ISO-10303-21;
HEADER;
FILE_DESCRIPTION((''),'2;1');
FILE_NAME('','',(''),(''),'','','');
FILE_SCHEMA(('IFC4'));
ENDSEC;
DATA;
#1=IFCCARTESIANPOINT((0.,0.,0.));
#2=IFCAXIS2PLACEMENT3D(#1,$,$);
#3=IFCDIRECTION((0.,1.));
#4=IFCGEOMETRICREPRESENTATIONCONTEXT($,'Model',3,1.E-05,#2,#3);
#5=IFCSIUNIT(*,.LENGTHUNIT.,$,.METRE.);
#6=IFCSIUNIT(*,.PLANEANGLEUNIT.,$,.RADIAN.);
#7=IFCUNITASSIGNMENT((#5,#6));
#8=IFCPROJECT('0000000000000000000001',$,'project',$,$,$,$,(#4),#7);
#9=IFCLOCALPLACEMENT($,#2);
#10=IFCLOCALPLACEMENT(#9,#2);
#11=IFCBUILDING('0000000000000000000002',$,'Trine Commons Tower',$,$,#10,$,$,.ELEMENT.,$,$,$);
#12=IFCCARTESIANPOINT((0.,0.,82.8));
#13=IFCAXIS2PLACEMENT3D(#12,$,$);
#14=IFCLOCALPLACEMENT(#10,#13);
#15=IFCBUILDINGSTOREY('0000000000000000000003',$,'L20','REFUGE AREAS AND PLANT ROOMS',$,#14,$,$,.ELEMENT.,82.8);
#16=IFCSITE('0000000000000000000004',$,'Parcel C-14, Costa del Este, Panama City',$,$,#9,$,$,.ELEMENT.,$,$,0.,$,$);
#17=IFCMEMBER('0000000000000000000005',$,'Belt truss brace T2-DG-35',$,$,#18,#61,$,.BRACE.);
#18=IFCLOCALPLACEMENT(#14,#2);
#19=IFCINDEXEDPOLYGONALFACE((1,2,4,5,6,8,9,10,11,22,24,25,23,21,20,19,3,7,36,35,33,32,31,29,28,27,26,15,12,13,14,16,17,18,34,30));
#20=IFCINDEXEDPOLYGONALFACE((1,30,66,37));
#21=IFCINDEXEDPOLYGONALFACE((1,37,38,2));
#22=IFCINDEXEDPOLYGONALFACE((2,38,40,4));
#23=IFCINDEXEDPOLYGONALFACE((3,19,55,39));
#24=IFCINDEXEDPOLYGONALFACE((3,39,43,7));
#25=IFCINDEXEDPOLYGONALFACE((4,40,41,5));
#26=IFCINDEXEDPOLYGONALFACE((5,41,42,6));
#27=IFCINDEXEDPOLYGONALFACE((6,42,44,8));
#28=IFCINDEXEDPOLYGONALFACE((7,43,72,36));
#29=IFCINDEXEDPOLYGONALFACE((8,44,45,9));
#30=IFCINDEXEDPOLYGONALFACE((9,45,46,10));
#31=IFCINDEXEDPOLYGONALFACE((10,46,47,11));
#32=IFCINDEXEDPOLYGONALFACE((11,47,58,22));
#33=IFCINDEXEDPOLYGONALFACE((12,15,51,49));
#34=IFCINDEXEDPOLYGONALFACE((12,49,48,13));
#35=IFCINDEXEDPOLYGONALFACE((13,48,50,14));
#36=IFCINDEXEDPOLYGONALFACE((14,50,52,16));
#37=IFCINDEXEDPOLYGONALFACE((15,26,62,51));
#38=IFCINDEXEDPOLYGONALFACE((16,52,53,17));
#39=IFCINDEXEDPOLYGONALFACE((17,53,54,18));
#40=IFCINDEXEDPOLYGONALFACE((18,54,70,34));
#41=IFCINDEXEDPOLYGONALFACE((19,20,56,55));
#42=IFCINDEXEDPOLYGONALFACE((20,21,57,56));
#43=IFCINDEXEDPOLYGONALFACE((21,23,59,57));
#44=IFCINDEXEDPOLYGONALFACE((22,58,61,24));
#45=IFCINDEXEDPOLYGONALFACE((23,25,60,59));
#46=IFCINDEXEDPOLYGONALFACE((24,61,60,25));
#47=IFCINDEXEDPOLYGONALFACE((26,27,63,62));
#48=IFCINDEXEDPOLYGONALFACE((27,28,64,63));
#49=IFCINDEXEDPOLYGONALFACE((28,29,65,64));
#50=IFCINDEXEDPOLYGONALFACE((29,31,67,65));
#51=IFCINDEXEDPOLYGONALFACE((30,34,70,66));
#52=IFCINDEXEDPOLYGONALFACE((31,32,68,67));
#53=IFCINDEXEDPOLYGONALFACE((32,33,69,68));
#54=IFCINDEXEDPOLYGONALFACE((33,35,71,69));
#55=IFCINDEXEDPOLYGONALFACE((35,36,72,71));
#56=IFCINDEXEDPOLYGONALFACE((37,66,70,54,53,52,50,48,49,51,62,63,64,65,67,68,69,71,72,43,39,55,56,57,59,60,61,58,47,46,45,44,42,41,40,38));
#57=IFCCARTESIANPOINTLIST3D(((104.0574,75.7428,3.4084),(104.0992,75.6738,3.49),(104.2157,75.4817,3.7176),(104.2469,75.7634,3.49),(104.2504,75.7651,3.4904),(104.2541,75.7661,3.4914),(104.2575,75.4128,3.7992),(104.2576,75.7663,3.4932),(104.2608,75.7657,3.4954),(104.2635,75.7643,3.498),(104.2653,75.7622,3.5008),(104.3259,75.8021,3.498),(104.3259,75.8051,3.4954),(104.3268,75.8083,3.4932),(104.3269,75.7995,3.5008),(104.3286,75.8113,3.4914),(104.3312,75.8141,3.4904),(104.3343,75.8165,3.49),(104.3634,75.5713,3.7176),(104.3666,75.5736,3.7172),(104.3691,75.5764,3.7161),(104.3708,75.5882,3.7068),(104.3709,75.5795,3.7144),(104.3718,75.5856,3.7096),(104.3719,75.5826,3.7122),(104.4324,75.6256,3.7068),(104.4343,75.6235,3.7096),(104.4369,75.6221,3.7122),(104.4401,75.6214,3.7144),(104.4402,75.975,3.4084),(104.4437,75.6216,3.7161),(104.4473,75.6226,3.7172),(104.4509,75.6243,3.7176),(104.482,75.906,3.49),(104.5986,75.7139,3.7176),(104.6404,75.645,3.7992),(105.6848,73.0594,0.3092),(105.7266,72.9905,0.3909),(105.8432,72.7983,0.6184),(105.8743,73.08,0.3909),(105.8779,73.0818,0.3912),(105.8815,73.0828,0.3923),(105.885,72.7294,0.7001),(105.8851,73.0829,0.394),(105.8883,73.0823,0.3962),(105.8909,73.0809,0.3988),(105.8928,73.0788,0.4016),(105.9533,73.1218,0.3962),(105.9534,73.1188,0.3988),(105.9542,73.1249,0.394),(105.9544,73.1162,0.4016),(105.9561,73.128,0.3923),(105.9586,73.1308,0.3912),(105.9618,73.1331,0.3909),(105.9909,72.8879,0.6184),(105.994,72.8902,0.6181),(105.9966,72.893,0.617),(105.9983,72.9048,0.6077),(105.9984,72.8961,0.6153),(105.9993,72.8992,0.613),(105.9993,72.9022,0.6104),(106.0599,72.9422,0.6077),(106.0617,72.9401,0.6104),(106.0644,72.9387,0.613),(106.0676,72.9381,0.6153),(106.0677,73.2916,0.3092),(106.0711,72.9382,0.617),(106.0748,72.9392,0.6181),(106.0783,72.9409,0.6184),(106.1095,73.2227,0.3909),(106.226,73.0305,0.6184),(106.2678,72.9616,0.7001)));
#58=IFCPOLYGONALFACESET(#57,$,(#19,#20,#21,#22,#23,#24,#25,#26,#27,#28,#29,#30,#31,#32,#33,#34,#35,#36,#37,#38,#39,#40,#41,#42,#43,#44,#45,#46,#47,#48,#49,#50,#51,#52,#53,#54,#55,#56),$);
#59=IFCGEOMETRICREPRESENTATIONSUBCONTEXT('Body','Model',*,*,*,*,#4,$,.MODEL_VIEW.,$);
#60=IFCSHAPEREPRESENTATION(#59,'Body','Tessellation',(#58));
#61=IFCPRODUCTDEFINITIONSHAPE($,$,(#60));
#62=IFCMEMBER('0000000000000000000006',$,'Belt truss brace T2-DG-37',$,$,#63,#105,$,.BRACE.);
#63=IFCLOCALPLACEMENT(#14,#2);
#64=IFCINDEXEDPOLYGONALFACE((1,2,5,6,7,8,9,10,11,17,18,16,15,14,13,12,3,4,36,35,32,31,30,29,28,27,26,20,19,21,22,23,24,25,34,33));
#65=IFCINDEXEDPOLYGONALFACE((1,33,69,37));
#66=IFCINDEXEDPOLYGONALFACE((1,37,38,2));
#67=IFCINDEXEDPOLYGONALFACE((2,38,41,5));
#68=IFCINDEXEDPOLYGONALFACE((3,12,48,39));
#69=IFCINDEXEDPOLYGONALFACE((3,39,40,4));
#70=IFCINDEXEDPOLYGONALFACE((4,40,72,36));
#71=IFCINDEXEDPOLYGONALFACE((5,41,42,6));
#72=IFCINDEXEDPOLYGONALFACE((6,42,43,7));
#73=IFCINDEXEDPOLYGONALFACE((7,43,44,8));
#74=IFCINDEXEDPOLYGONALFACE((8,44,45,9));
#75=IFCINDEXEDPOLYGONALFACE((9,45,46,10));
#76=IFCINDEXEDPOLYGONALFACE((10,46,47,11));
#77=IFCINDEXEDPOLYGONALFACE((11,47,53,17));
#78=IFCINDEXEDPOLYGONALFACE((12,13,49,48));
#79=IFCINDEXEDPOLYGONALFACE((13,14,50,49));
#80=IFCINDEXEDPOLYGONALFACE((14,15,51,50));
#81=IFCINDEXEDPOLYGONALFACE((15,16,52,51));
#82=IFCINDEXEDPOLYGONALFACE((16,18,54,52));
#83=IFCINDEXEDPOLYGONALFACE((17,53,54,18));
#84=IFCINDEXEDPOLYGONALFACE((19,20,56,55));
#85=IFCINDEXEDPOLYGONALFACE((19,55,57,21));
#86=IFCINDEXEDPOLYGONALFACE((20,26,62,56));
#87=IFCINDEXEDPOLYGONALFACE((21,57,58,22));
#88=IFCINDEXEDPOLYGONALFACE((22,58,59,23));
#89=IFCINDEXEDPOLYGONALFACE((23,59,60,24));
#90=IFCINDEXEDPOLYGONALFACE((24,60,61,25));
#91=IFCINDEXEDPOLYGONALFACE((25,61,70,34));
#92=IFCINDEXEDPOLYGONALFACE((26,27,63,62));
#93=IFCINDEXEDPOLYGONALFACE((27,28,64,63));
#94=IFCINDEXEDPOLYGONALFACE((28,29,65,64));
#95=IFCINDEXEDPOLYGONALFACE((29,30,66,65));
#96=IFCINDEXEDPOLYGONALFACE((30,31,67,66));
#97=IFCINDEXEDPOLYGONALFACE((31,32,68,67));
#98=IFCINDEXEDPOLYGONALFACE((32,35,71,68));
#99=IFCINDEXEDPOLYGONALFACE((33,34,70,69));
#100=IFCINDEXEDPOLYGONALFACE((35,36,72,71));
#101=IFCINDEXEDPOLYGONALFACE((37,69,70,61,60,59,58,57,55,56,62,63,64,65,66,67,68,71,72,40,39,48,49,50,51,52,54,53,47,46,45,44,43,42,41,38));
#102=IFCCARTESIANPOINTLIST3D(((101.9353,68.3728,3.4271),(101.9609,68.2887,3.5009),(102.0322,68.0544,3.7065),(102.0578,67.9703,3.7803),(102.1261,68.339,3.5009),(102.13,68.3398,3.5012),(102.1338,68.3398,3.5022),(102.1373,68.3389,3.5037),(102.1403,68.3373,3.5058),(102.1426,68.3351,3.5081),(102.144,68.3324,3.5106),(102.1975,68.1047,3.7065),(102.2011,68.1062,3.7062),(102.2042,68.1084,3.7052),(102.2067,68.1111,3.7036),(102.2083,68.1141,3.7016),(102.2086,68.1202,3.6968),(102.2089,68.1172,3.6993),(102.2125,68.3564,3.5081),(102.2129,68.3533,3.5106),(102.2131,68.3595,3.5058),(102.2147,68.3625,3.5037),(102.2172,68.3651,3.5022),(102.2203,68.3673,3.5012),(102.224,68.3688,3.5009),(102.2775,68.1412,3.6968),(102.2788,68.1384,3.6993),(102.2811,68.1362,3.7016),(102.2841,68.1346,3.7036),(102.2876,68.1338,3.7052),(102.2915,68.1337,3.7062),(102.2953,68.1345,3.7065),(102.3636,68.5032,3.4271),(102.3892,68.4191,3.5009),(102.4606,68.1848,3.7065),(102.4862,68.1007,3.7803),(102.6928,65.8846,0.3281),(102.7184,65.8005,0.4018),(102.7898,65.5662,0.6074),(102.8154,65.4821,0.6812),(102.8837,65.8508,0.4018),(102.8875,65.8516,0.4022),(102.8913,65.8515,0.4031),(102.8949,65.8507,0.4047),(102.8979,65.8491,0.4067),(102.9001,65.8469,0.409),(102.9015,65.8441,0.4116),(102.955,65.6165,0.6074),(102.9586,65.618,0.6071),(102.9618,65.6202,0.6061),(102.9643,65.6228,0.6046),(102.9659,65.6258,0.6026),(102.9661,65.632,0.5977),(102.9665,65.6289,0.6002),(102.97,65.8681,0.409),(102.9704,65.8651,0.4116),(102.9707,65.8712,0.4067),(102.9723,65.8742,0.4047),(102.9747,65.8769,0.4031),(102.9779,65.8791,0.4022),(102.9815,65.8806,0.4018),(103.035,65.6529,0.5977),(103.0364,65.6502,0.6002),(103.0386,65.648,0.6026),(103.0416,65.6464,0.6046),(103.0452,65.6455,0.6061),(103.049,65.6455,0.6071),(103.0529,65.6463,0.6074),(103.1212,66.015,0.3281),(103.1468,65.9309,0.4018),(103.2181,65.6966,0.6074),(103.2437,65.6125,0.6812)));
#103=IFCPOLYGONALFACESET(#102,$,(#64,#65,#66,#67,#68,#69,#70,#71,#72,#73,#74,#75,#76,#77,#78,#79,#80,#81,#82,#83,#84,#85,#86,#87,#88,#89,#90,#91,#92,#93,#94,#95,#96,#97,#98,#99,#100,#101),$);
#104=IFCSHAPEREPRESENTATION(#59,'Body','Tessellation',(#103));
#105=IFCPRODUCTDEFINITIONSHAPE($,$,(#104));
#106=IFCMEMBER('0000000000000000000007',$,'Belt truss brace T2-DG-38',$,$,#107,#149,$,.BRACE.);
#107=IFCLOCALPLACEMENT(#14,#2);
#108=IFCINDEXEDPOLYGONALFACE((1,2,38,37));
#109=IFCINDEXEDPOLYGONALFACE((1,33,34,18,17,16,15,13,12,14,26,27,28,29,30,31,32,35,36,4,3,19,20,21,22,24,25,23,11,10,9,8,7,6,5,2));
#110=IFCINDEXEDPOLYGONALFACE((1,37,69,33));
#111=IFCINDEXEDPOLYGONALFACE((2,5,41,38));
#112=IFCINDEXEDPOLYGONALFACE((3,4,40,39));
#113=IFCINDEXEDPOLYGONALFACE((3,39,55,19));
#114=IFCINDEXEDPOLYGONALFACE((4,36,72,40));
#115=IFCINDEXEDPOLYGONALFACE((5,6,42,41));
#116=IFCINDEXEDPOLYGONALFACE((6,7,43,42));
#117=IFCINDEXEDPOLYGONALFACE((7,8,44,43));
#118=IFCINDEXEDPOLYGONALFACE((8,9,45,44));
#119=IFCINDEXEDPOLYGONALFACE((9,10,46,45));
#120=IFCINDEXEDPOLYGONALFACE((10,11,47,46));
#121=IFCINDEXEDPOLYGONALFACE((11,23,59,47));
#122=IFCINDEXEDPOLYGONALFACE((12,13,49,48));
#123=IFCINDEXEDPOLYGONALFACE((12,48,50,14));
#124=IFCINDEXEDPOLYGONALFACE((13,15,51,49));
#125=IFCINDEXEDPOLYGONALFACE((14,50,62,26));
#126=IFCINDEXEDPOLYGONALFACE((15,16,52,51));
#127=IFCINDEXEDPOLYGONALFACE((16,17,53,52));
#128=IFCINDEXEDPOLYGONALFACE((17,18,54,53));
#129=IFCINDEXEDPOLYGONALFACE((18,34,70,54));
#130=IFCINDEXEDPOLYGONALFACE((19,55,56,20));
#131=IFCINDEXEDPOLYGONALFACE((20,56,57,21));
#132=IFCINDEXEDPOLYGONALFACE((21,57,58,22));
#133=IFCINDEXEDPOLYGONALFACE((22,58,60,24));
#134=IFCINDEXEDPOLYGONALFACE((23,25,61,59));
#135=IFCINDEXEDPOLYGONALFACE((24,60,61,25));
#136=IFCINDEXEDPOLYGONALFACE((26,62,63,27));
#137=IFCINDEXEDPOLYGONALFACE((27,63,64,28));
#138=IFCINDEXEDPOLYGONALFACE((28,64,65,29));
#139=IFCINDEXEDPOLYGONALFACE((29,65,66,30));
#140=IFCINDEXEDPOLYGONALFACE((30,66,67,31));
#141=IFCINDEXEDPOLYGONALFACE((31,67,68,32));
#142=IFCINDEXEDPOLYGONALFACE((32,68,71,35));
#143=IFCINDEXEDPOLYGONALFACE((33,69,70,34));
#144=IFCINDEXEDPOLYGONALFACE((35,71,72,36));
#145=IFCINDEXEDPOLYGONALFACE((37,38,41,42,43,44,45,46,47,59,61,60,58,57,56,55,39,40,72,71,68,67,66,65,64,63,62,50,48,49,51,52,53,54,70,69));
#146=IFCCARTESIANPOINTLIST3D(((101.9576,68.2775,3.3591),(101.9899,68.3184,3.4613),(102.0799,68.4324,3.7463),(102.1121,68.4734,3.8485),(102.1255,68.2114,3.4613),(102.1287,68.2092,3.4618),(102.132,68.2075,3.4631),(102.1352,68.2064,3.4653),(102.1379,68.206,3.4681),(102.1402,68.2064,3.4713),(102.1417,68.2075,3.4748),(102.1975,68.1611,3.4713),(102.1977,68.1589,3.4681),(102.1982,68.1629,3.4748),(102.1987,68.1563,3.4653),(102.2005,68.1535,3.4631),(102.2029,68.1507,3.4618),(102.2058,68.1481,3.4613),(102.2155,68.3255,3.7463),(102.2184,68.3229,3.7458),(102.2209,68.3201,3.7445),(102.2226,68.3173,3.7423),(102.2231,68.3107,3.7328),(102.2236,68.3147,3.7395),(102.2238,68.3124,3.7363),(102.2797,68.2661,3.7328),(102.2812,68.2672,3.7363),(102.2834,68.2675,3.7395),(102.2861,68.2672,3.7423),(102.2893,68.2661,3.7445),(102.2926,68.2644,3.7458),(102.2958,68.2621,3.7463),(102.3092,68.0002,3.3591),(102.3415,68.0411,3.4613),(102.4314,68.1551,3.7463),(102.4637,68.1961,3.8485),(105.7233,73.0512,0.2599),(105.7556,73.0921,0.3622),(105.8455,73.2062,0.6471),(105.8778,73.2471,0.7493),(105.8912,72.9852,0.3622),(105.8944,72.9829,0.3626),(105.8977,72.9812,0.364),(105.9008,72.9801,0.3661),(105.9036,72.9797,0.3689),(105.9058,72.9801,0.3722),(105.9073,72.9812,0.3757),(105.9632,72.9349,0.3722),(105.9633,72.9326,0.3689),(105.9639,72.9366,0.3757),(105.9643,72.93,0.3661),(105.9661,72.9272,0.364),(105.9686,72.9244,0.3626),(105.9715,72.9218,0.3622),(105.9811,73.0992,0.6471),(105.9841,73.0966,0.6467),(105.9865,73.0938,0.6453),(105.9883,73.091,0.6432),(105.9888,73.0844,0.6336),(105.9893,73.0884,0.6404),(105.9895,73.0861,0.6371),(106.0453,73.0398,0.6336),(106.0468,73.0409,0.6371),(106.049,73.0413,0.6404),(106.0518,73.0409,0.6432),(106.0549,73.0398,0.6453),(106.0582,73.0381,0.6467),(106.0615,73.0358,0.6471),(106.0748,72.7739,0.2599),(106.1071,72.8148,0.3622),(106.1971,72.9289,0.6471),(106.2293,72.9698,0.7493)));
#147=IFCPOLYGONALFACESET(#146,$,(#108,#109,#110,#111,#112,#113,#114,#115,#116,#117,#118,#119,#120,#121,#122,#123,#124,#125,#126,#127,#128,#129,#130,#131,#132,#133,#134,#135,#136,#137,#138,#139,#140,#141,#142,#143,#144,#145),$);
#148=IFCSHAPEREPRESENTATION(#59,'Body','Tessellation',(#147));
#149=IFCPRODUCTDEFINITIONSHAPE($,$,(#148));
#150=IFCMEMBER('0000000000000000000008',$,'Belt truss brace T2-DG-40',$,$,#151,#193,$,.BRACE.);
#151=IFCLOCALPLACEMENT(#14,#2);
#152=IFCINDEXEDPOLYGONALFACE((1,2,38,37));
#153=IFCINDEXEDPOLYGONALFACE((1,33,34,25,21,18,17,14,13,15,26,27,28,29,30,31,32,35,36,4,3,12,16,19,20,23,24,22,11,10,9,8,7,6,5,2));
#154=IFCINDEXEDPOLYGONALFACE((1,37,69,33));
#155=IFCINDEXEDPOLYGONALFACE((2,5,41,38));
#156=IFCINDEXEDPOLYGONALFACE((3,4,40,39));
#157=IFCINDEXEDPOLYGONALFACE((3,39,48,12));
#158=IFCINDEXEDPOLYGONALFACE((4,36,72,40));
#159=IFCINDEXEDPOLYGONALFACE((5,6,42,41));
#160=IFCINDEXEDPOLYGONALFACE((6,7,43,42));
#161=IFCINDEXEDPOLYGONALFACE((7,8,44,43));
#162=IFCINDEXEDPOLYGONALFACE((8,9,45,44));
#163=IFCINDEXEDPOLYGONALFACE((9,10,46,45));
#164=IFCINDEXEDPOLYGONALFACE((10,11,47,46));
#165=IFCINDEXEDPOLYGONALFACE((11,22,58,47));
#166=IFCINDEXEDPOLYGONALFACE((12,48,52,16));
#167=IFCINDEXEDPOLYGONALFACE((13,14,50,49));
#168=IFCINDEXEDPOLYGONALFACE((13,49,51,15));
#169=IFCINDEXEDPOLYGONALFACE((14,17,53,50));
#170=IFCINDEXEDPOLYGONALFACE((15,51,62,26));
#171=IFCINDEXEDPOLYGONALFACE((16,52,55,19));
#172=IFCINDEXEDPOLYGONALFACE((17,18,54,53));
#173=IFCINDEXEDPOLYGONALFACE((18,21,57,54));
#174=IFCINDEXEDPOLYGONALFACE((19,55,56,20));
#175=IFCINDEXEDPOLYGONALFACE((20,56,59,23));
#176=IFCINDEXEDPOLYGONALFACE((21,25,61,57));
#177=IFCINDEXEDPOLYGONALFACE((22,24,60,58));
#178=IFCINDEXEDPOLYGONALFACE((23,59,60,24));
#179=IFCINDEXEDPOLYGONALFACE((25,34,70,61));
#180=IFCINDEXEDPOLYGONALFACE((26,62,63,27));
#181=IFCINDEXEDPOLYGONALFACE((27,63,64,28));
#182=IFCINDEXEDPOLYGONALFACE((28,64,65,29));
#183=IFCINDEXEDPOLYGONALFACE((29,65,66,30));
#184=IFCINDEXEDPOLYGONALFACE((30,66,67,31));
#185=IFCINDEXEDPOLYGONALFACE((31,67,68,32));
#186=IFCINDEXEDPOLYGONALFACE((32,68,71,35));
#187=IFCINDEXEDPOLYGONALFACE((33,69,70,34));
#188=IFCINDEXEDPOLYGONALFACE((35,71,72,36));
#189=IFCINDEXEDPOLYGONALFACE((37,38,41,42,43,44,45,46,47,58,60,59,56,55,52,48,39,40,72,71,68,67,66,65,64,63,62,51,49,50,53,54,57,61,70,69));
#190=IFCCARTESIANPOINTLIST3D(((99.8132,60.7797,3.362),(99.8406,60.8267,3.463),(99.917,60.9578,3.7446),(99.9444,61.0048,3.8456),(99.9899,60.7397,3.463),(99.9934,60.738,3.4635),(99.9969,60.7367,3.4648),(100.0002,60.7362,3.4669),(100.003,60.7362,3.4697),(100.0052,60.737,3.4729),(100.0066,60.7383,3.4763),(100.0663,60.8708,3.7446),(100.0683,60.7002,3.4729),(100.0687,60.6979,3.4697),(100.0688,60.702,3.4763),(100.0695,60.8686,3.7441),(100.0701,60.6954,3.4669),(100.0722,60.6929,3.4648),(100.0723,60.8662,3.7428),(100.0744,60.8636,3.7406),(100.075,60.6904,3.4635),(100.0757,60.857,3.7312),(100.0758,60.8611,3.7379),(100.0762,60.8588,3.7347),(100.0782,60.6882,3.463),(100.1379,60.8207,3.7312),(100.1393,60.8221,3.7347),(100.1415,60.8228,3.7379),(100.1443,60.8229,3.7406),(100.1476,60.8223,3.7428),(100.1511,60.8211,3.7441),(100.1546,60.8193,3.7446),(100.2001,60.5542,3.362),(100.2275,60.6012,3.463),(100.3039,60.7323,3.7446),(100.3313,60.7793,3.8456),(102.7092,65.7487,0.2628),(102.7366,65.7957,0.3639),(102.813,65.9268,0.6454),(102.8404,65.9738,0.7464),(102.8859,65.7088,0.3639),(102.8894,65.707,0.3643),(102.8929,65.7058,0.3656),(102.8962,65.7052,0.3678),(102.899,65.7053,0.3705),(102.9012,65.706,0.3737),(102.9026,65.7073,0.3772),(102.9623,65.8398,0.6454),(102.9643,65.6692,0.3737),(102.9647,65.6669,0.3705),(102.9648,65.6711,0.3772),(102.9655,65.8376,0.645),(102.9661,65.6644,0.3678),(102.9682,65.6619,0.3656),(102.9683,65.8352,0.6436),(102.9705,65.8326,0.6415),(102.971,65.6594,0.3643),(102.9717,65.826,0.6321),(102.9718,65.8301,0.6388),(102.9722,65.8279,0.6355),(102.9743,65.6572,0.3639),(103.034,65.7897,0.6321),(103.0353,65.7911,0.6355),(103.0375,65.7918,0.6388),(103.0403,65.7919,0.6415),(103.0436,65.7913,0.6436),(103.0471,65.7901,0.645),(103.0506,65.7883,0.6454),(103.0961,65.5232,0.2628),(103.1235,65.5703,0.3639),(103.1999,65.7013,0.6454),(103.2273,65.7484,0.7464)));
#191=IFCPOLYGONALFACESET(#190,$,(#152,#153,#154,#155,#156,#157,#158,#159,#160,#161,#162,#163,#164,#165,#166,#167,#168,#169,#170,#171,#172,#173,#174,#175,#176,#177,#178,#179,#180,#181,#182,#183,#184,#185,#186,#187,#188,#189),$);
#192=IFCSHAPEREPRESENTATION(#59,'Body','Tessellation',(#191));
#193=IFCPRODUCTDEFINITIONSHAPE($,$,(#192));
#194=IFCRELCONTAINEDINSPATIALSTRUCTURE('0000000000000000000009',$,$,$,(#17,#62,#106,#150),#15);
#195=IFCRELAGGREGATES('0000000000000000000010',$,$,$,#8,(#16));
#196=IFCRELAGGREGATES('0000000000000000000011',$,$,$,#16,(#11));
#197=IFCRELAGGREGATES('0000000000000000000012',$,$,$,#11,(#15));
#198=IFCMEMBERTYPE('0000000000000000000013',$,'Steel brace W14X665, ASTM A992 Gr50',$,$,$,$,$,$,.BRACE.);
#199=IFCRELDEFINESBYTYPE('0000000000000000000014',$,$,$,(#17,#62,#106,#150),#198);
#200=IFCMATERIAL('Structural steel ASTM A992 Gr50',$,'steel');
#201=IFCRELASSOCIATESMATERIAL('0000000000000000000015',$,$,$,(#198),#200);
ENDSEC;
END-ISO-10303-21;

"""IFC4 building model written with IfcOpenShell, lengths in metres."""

from ifc_helpers import new_model, si_unit, direction, frame, origin, origin_2d, place, context, subcontext, project, spatial, i_section, extrude, material, material_profile, profile_set, type_object, element, save


model = new_model("IFC4")

# Units and contexts
model_context = context("Model", 3, precision=1e-05, world=origin(), true_north=direction((0.0, 1.0)))
body_context = subcontext(model_context, "Body", "Model", "MODEL_VIEW")
ifc_project = project(units=[si_unit("LENGTHUNIT", "METRE"), si_unit("PLANEANGLEUNIT", "RADIAN")], contexts=[model_context])

# Site, building, storey
site_placement = place(None, origin())
site = spatial("IfcSite", under=ifc_project, at=site_placement, Name="Parcel C-14, Costa del Este, Panama City", CompositionType="ELEMENT", RefElevation=0.0)
building_placement = place(site_placement, origin())
building = spatial("IfcBuilding", under=site, at=building_placement, Name="Trine Commons Tower", CompositionType="ELEMENT")
storey_placement = place(building_placement, frame((0.0, 0.0, 82.8)))
storey = spatial("IfcBuildingStorey", under=building, at=storey_placement, Name="L20", Description="REFUGE AREAS AND PLANT ROOMS", CompositionType="ELEMENT", Elevation=82.8)

# Members
ifc_material_1 = material(Name="Structural steel ASTM A992 Gr50", Category="steel")
ifc_material_profile_1 = material_profile(ifc_material_1, i_section(OverallWidth=0.4478, OverallDepth=0.5493, WebThickness=0.072, FlangeThickness=0.1147, FilletRadius=0.0151, at=origin_2d()), Name="W14X665")
ifc_profile_set_1 = profile_set([ifc_material_profile_1], Name="Structural steel ASTM A992 Gr50")
member_type_1 = type_object("IfcMemberType", Name="Steel brace W14X665, ASTM A992 Gr50", PredefinedType="BRACE", material=ifc_profile_set_1)
member_1_placement = place(storey_placement, frame((105.9763, 73.0105, 0.5046), z_axis=(-0.368983, 0.608385, 0.702651), x_axis=(-0.855033, -0.518574, 0.0)))
element("IfcMember", 1, at=member_1_placement, inside=storey, type_object=member_type_1, Name="Belt truss brace T2-DG-35", PredefinedType="BRACE", context=body_context, shape_type="SweptSolid", body=[
    extrude(i_section(OverallWidth=0.4478, OverallDepth=0.5493, WebThickness=0.072, FlangeThickness=0.1147, FilletRadius=0.0151, at=origin_2d()), origin(), (0.0, 0.0, 1.0), 4.4106),
])
member_2_placement = place(storey_placement, frame((102.9683, 65.7485, 0.5046), z_axis=(-0.187239, 0.615, 0.765974), x_axis=(-0.956645, -0.291255, 0.0)))
element("IfcMember", 2, at=member_2_placement, inside=storey, type_object=member_type_1, Name="Belt truss brace T2-DG-37", PredefinedType="BRACE", context=body_context, shape_type="SweptSolid", body=[
    extrude(i_section(OverallWidth=0.4478, OverallDepth=0.5493, WebThickness=0.072, FlangeThickness=0.1147, FilletRadius=0.0151, at=origin_2d()), origin(), (0.0, 0.0, 1.0), 4.0459),
])
member_3_placement = place(storey_placement, frame((105.9763, 73.0105, 0.5046), z_axis=(-0.551788, -0.699501, 0.454123), x_axis=(0.785128, -0.619333, 0.0)))
element("IfcMember", 3, at=member_3_placement, inside=storey, type_object=member_type_1, Name="Belt truss brace T2-DG-38", PredefinedType="BRACE", context=body_context, shape_type="SweptSolid", body=[
    extrude(i_section(OverallWidth=0.4478, OverallDepth=0.5493, WebThickness=0.072, FlangeThickness=0.1147, FilletRadius=0.0151, at=origin_2d()), origin(), (0.0, 0.0, 1.0), 6.8245),
])
member_4_placement = place(storey_placement, frame((102.9683, 65.7485, 0.5046), z_axis=(-0.443276, -0.76058, 0.474367), x_axis=(0.863974, -0.503536, 0.0)))
element("IfcMember", 4, at=member_4_placement, inside=storey, type_object=member_type_1, Name="Belt truss brace T2-DG-40", PredefinedType="BRACE", context=body_context, shape_type="SweptSolid", body=[
    extrude(i_section(OverallWidth=0.4478, OverallDepth=0.5493, WebThickness=0.072, FlangeThickness=0.1147, FilletRadius=0.0151, at=origin_2d()), origin(), (0.0, 0.0, 1.0), 6.5332),
])

save(model, "model.ifc")
